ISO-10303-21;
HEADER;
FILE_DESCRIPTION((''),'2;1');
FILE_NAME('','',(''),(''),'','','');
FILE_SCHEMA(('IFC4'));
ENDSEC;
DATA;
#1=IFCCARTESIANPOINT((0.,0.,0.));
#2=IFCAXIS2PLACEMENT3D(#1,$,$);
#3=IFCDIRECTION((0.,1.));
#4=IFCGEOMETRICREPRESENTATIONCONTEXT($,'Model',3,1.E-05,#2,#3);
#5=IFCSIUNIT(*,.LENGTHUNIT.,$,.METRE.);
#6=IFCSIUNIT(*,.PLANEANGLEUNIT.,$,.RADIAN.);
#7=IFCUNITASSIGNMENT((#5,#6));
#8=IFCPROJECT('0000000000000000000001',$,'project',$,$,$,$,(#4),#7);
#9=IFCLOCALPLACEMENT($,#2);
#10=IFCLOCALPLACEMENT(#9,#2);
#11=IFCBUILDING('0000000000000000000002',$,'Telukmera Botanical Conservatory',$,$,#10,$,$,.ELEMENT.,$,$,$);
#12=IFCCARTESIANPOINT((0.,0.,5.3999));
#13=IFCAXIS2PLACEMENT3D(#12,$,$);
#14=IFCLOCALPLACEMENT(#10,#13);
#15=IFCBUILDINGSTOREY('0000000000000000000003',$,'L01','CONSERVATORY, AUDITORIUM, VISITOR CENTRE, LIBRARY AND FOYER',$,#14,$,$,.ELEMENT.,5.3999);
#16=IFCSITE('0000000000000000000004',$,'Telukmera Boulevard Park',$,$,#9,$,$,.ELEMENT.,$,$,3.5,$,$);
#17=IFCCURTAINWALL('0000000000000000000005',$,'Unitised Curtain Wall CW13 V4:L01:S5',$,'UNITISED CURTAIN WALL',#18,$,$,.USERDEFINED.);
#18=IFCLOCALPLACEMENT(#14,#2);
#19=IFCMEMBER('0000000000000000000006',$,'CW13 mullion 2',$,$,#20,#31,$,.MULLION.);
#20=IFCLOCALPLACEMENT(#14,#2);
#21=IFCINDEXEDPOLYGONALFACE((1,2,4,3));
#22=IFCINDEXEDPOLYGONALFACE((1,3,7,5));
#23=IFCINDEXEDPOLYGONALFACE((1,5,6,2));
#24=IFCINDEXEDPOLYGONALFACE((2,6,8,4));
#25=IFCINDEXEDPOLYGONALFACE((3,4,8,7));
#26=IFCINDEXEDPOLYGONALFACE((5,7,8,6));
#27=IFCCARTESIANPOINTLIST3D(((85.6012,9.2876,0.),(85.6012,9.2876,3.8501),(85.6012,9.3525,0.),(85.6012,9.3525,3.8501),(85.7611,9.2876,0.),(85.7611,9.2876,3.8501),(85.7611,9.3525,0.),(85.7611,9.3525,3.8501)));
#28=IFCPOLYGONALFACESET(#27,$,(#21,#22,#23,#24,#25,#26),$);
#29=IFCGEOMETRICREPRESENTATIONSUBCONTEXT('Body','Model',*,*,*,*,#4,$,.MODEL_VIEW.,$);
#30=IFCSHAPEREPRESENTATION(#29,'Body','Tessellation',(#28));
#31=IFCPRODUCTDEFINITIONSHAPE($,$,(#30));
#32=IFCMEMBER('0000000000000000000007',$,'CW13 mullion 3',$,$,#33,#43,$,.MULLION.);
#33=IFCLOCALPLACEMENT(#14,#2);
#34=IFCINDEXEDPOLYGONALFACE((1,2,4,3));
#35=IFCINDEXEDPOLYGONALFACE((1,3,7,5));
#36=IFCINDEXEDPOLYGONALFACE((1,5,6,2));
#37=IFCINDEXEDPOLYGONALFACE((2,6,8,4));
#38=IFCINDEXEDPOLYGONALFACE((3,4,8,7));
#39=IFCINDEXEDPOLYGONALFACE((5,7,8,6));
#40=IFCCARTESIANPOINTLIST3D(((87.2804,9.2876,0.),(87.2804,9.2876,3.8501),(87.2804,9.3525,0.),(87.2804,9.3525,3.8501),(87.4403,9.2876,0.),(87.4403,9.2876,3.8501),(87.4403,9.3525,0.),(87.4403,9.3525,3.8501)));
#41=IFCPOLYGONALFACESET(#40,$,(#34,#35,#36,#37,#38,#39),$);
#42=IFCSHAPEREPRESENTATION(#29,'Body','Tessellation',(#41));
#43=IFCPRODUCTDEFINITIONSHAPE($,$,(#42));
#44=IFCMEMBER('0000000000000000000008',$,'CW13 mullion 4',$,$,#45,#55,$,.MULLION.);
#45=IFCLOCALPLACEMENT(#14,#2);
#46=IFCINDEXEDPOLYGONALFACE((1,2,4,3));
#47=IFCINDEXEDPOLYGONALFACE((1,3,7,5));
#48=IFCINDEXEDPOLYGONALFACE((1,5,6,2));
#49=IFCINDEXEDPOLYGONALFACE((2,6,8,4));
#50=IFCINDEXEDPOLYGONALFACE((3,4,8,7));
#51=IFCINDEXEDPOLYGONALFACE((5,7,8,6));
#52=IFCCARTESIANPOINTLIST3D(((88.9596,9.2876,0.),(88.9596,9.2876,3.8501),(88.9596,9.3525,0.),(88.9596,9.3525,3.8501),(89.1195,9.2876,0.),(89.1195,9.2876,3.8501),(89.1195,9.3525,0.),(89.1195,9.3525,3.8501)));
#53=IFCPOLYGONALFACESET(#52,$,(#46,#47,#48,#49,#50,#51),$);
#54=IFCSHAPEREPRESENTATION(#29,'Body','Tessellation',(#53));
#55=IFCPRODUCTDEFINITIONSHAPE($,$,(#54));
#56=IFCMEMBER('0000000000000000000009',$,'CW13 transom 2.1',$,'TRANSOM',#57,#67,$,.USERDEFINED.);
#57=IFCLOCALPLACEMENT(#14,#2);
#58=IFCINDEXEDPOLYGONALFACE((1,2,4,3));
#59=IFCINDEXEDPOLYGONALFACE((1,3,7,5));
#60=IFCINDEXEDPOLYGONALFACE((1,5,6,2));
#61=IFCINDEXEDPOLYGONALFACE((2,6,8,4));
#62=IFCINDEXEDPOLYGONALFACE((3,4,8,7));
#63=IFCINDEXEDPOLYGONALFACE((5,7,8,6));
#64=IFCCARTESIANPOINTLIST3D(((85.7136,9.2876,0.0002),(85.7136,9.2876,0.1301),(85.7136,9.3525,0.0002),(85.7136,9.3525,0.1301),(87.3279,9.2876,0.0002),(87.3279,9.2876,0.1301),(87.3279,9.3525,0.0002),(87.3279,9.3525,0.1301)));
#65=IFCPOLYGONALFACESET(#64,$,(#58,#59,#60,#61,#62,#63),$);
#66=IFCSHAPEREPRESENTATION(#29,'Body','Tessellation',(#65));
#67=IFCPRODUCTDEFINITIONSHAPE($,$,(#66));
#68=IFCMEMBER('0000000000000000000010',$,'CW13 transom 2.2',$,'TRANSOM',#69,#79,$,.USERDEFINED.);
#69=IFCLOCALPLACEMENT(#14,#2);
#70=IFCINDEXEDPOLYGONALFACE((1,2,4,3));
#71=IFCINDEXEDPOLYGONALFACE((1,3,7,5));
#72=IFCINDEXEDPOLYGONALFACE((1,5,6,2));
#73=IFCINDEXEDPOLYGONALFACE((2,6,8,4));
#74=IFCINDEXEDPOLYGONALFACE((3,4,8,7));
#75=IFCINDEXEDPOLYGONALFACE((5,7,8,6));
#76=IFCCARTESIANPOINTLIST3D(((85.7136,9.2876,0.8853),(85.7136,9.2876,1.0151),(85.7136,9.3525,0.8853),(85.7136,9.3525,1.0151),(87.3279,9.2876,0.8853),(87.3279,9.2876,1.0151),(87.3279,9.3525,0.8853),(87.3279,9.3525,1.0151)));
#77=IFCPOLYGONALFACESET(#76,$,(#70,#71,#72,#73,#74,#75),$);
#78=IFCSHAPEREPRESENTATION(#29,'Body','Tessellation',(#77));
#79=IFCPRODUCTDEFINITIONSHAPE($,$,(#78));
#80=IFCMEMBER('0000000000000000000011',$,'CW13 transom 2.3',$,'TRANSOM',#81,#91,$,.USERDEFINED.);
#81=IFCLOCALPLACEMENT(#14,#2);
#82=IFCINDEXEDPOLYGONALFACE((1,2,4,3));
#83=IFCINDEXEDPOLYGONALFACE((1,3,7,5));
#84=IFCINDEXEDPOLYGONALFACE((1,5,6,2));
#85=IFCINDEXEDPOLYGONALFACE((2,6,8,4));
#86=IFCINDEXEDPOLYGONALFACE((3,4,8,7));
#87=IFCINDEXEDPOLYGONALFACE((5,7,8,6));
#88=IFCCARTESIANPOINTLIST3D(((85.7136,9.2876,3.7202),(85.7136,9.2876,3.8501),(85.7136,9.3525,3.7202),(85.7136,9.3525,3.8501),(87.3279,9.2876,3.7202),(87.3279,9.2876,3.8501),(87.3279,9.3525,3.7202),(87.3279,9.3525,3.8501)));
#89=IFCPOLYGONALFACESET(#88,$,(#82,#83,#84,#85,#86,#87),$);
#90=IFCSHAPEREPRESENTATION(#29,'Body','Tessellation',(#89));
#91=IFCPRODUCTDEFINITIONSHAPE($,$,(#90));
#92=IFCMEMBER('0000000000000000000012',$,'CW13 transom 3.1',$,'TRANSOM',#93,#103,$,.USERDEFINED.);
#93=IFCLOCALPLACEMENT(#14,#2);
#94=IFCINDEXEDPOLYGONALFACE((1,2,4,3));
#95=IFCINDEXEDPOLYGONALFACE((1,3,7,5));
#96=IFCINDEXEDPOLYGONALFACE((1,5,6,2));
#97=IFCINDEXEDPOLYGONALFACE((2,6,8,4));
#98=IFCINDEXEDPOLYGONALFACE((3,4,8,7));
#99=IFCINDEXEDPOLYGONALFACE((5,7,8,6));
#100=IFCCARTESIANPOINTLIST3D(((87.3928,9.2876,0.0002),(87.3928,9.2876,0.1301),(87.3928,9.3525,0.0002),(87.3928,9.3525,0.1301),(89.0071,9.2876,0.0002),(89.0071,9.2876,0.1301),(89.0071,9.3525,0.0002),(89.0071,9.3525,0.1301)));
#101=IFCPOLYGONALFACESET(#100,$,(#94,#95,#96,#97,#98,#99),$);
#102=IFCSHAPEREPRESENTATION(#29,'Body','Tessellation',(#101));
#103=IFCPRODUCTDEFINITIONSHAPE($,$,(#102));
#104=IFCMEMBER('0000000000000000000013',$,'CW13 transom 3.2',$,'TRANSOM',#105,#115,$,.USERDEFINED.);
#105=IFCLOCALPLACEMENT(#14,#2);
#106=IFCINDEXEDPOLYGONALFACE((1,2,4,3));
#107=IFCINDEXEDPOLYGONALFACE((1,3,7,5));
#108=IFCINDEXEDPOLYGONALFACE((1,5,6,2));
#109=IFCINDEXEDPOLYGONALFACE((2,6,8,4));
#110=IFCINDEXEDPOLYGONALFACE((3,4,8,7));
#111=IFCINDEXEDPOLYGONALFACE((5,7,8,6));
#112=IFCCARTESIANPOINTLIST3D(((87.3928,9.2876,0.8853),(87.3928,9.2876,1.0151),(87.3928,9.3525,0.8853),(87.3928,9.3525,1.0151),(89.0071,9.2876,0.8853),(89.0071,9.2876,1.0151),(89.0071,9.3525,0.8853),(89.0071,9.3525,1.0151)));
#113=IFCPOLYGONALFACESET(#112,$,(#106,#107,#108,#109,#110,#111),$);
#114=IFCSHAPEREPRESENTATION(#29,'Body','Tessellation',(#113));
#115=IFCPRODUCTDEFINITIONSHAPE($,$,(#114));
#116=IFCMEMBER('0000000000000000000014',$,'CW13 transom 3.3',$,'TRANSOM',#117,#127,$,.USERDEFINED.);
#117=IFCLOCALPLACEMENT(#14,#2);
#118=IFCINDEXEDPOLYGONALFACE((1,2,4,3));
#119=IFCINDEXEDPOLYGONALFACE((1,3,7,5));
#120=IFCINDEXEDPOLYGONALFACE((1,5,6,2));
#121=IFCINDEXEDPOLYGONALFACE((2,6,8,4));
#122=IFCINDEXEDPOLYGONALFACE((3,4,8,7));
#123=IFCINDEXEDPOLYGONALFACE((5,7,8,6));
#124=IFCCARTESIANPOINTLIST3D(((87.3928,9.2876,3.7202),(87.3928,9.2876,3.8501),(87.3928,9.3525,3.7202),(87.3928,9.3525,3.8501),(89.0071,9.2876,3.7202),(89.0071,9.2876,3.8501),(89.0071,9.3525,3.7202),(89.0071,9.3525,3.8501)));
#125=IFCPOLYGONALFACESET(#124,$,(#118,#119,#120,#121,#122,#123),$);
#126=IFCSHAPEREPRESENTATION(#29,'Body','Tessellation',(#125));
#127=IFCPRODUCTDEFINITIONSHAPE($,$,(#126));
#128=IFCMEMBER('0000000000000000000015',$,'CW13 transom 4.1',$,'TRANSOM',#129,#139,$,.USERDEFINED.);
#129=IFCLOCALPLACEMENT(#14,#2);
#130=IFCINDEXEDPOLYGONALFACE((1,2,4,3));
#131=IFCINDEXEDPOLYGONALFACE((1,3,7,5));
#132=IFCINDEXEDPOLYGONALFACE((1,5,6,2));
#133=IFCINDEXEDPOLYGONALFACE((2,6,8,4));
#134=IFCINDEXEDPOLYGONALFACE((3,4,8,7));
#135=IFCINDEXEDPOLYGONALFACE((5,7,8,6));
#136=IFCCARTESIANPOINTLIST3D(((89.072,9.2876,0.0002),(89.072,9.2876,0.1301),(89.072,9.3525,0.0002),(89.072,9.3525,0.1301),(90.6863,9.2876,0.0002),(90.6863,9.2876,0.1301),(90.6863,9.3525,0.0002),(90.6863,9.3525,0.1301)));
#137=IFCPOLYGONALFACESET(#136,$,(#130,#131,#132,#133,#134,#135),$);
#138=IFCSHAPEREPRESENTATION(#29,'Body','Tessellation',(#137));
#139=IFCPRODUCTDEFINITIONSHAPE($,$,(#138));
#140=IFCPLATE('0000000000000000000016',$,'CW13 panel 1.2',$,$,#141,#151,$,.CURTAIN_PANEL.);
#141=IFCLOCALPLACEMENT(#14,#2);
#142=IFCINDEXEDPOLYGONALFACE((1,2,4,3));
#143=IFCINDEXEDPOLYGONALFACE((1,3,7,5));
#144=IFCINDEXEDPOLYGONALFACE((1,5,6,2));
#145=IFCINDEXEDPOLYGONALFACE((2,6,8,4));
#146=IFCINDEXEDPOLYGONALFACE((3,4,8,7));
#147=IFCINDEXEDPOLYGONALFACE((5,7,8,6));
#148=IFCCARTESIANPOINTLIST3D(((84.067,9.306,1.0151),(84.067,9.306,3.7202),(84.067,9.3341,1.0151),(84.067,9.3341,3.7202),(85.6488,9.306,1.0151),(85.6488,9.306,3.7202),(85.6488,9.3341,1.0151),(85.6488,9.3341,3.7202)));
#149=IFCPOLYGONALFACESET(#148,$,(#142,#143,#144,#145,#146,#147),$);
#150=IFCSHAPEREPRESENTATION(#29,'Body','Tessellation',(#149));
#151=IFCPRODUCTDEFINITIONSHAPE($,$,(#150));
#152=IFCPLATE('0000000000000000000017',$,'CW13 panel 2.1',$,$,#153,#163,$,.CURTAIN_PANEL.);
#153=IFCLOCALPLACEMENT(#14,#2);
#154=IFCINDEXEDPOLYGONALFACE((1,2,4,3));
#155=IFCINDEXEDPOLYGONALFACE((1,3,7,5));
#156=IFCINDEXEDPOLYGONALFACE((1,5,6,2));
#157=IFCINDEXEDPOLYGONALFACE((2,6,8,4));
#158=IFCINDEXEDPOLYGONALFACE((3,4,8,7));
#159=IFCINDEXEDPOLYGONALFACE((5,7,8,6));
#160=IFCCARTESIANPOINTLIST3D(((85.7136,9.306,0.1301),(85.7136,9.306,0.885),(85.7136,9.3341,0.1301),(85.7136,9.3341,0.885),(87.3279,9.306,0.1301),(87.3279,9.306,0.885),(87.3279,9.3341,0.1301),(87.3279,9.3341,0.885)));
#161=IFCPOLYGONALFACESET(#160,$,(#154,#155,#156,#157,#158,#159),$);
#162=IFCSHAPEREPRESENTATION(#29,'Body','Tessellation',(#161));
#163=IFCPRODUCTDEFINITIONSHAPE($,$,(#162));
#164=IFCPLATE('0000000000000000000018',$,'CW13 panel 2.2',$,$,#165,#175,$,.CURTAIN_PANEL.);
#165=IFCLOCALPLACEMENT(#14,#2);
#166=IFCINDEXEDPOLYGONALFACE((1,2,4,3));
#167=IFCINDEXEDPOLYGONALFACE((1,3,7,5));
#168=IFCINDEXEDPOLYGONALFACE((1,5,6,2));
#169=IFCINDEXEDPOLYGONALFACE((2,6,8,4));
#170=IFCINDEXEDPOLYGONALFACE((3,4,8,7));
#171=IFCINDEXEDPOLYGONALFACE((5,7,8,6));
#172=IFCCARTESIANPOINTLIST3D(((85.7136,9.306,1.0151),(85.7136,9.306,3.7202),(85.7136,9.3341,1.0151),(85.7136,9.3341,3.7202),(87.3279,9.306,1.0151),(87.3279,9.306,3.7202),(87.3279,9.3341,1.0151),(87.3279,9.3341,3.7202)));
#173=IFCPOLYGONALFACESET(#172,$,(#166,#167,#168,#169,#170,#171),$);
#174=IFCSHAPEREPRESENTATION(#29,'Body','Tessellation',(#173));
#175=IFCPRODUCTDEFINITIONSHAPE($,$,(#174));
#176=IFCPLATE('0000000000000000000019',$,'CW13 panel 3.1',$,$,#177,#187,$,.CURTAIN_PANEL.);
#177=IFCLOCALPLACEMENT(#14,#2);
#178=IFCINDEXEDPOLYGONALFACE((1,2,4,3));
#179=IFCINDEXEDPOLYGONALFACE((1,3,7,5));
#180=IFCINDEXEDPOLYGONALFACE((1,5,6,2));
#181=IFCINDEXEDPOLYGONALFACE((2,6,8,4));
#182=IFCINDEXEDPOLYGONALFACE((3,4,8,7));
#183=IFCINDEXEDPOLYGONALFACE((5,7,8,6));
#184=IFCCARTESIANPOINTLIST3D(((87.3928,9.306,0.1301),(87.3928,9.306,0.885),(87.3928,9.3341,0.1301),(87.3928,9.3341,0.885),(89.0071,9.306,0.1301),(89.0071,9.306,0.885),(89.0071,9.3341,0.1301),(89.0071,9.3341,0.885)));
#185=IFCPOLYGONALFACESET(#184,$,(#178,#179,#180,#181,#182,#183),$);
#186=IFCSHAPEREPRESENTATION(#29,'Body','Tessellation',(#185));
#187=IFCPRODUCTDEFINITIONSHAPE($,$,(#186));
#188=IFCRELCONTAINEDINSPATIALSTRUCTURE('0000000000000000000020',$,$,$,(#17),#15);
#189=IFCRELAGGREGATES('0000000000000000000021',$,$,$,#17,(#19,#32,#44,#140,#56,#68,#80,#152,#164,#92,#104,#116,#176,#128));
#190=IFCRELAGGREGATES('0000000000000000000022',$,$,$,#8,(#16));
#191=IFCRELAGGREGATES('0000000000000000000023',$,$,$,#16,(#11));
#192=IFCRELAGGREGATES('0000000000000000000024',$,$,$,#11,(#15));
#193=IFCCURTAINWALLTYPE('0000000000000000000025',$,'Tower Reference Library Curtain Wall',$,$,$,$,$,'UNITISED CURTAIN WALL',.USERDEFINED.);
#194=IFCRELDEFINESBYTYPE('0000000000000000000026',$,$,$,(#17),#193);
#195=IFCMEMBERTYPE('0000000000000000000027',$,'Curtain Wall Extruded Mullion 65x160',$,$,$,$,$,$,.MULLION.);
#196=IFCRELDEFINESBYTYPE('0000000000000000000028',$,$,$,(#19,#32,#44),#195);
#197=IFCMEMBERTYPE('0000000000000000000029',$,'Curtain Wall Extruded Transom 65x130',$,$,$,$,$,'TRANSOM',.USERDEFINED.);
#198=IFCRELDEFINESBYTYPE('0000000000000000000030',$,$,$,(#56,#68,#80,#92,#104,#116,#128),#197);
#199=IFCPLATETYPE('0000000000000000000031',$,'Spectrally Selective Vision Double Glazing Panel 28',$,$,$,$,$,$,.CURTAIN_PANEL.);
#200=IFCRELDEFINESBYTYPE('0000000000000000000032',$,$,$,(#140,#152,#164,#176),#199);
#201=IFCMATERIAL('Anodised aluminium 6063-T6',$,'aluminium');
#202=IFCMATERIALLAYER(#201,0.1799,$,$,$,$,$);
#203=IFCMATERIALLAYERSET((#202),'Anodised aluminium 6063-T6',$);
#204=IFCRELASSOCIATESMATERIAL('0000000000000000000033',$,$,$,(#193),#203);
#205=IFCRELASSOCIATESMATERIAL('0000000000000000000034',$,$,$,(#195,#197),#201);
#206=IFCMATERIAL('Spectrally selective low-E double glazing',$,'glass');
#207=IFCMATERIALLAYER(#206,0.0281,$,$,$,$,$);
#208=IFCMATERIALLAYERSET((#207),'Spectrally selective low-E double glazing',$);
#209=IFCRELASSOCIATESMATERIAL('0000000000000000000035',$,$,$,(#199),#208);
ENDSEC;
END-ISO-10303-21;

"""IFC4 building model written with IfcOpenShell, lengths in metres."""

from ifc_helpers import new_model, si_unit, direction, frame, origin, origin_2d, place, context, subcontext, project, spatial, rectangle, extrude, material, layer, layer_set, material_profile, profile_set, type_object, element, aggregate, save


model = new_model("IFC4")

# Units and contexts
model_context = context("Model", 3, precision=1e-05, world=origin(), true_north=direction((0.0, 1.0)))
body_context = subcontext(model_context, "Body", "Model", "MODEL_VIEW")
ifc_project = project(units=[si_unit("LENGTHUNIT", "METRE"), si_unit("PLANEANGLEUNIT", "RADIAN")], contexts=[model_context])

# Site, building, storey
site_placement = place(None, origin())
site = spatial("IfcSite", under=ifc_project, at=site_placement, Name="Telukmera Boulevard Park", CompositionType="ELEMENT", RefElevation=3.5)
building_placement = place(site_placement, origin())
building = spatial("IfcBuilding", under=site, at=building_placement, Name="Telukmera Botanical Conservatory", CompositionType="ELEMENT")
storey_placement = place(building_placement, frame((0.0, 0.0, 5.3999)))
storey = spatial("IfcBuildingStorey", under=building, at=storey_placement, Name="L01", Description="CONSERVATORY, AUDITORIUM, VISITOR CENTRE, LIBRARY AND FOYER", CompositionType="ELEMENT", Elevation=5.3999)

# Curtain wall, members, plates
ifc_material_1 = material(Name="Anodised aluminium 6063-T6", Category="aluminium")
ifc_layer_1 = layer(ifc_material_1, 0.1799)
ifc_layer_set_1 = layer_set([ifc_layer_1], Name="Anodised aluminium 6063-T6")
curtain_wall_type = type_object("IfcCurtainWallType", Name="Tower Reference Library Curtain Wall", ElementType="UNITISED CURTAIN WALL", PredefinedType="USERDEFINED", material=ifc_layer_set_1)
curtain_wall_placement = place(storey_placement, origin())
curtain_wall = element("IfcCurtainWall", 1, at=curtain_wall_placement, inside=storey, type_object=curtain_wall_type, Name="Unitised Curtain Wall CW13 V4:L01:S5", ObjectType="UNITISED CURTAIN WALL", PredefinedType="USERDEFINED")
ifc_material_profile_1 = material_profile(ifc_material_1, rectangle(XDim=0.0649, YDim=0.1599, at=origin_2d()), Name="ALU MULL 65x160")
ifc_profile_set_1 = profile_set([ifc_material_profile_1], Name="Anodised aluminium 6063-T6")
member_type_1 = type_object("IfcMemberType", Name="Curtain Wall Extruded Mullion 65x160", PredefinedType="MULLION", material=ifc_profile_set_1)
member_1_placement = place(storey_placement, frame((85.6812, 9.3201, 0.0), z_axis=(0.0, 0.0, 1.0), x_axis=(0.0, 1.0, 0.0)))
member_1 = element("IfcMember", 2, at=member_1_placement, type_object=member_type_1, Name="CW13 mullion 2", PredefinedType="MULLION", context=body_context, shape_type="SweptSolid", body=[
    extrude(rectangle(XDim=0.0649, YDim=0.1599, at=origin_2d()), origin(), (0.0, 0.0, 1.0), 3.8501),
])
member_2_placement = place(storey_placement, frame((87.3604, 9.3201, 0.0), z_axis=(0.0, 0.0, 1.0), x_axis=(0.0, 1.0, 0.0)))
member_2 = element("IfcMember", 3, at=member_2_placement, type_object=member_type_1, Name="CW13 mullion 3", PredefinedType="MULLION", context=body_context, shape_type="SweptSolid", body=[
    extrude(rectangle(XDim=0.0649, YDim=0.1599, at=origin_2d()), origin(), (0.0, 0.0, 1.0), 3.8501),
])
member_3_placement = place(storey_placement, frame((89.0396, 9.3201, 0.0), z_axis=(0.0, 0.0, 1.0), x_axis=(0.0, 1.0, 0.0)))
member_3 = element("IfcMember", 4, at=member_3_placement, type_object=member_type_1, Name="CW13 mullion 4", PredefinedType="MULLION", context=body_context, shape_type="SweptSolid", body=[
    extrude(rectangle(XDim=0.0649, YDim=0.1599, at=origin_2d()), origin(), (0.0, 0.0, 1.0), 3.8501),
])
ifc_material_profile_2 = material_profile(ifc_material_1, rectangle(XDim=0.0649, YDim=0.1299, at=origin_2d()), Name="ALU TRAN 65x130")
ifc_profile_set_2 = profile_set([ifc_material_profile_2], Name="Anodised aluminium 6063-T6")
member_type_2 = type_object("IfcMemberType", Name="Curtain Wall Extruded Transom 65x130", ElementType="TRANSOM", PredefinedType="USERDEFINED", material=ifc_profile_set_2)
member_4_placement = place(storey_placement, frame((85.7136, 9.3201, 0.0652), z_axis=(1.0, 0.0, 0.0), x_axis=(0.0, 1.0, 0.0)))
member_4 = element("IfcMember", 5, at=member_4_placement, type_object=member_type_2, Name="CW13 transom 2.1", ObjectType="TRANSOM", PredefinedType="USERDEFINED", context=body_context, shape_type="SweptSolid", body=[
    extrude(rectangle(XDim=0.0649, YDim=0.1299, at=origin_2d()), origin(), (0.0, 0.0, 1.0), 1.6143),
])
member_5_placement = place(storey_placement, frame((85.7136, 9.3201, 0.9502), z_axis=(1.0, 0.0, 0.0), x_axis=(0.0, 1.0, 0.0)))
member_5 = element("IfcMember", 6, at=member_5_placement, type_object=member_type_2, Name="CW13 transom 2.2", ObjectType="TRANSOM", PredefinedType="USERDEFINED", context=body_context, shape_type="SweptSolid", body=[
    extrude(rectangle(XDim=0.0649, YDim=0.1299, at=origin_2d()), origin(), (0.0, 0.0, 1.0), 1.6143),
])
member_6_placement = place(storey_placement, frame((85.7136, 9.3201, 3.7852), z_axis=(1.0, 0.0, 0.0), x_axis=(0.0, 1.0, 0.0)))
member_6 = element("IfcMember", 7, at=member_6_placement, type_object=member_type_2, Name="CW13 transom 2.3", ObjectType="TRANSOM", PredefinedType="USERDEFINED", context=body_context, shape_type="SweptSolid", body=[
    extrude(rectangle(XDim=0.0649, YDim=0.1299, at=origin_2d()), origin(), (0.0, 0.0, 1.0), 1.6143),
])
member_7_placement = place(storey_placement, frame((87.3928, 9.3201, 0.0652), z_axis=(1.0, 0.0, 0.0), x_axis=(0.0, 1.0, 0.0)))
member_7 = element("IfcMember", 8, at=member_7_placement, type_object=member_type_2, Name="CW13 transom 3.1", ObjectType="TRANSOM", PredefinedType="USERDEFINED", context=body_context, shape_type="SweptSolid", body=[
    extrude(rectangle(XDim=0.0649, YDim=0.1299, at=origin_2d()), origin(), (0.0, 0.0, 1.0), 1.6143),
])
member_8_placement = place(storey_placement, frame((87.3928, 9.3201, 0.9502), z_axis=(1.0, 0.0, 0.0), x_axis=(0.0, 1.0, 0.0)))
member_8 = element("IfcMember", 9, at=member_8_placement, type_object=member_type_2, Name="CW13 transom 3.2", ObjectType="TRANSOM", PredefinedType="USERDEFINED", context=body_context, shape_type="SweptSolid", body=[
    extrude(rectangle(XDim=0.0649, YDim=0.1299, at=origin_2d()), origin(), (0.0, 0.0, 1.0), 1.6143),
])
member_9_placement = place(storey_placement, frame((87.3928, 9.3201, 3.7852), z_axis=(1.0, 0.0, 0.0), x_axis=(0.0, 1.0, 0.0)))
member_9 = element("IfcMember", 10, at=member_9_placement, type_object=member_type_2, Name="CW13 transom 3.3", ObjectType="TRANSOM", PredefinedType="USERDEFINED", context=body_context, shape_type="SweptSolid", body=[
    extrude(rectangle(XDim=0.0649, YDim=0.1299, at=origin_2d()), origin(), (0.0, 0.0, 1.0), 1.6143),
])
member_10_placement = place(storey_placement, frame((89.072, 9.3201, 0.0652), z_axis=(1.0, 0.0, 0.0), x_axis=(0.0, 1.0, 0.0)))
member_10 = element("IfcMember", 11, at=member_10_placement, type_object=member_type_2, Name="CW13 transom 4.1", ObjectType="TRANSOM", PredefinedType="USERDEFINED", context=body_context, shape_type="SweptSolid", body=[
    extrude(rectangle(XDim=0.0649, YDim=0.1299, at=origin_2d()), origin(), (0.0, 0.0, 1.0), 1.6143),
])
ifc_material_2 = material(Name="Spectrally selective low-E double glazing", Category="glass")
ifc_layer_2 = layer(ifc_material_2, 0.0281)
ifc_layer_set_2 = layer_set([ifc_layer_2], Name="Spectrally selective low-E double glazing")
plate_type = type_object("IfcPlateType", Name="Spectrally Selective Vision Double Glazing Panel 28", PredefinedType="CURTAIN_PANEL", material=ifc_layer_set_2)
plate_1_placement = place(storey_placement, frame((84.8579, 9.3201, 1.0151), z_axis=(0.0, 0.0, 1.0), x_axis=(1.0, 0.0, 0.0)))
plate_1 = element("IfcPlate", 12, at=plate_1_placement, type_object=plate_type, Name="CW13 panel 1.2", PredefinedType="CURTAIN_PANEL", context=body_context, shape_type="SweptSolid", body=[
    extrude(rectangle(XDim=1.5818, YDim=0.0281, at=origin_2d()), origin(), (0.0, 0.0, 1.0), 2.7051),
])
plate_2_placement = place(storey_placement, frame((86.5208, 9.3201, 0.1301), z_axis=(0.0, 0.0, 1.0), x_axis=(1.0, 0.0, 0.0)))
plate_2 = element("IfcPlate", 13, at=plate_2_placement, type_object=plate_type, Name="CW13 panel 2.1", PredefinedType="CURTAIN_PANEL", context=body_context, shape_type="SweptSolid", body=[
    extrude(rectangle(XDim=1.6143, YDim=0.0281, at=origin_2d()), origin(), (0.0, 0.0, 1.0), 0.7549),
])
plate_3_placement = place(storey_placement, frame((86.5208, 9.3201, 1.0151), z_axis=(0.0, 0.0, 1.0), x_axis=(1.0, 0.0, 0.0)))
plate_3 = element("IfcPlate", 14, at=plate_3_placement, type_object=plate_type, Name="CW13 panel 2.2", PredefinedType="CURTAIN_PANEL", context=body_context, shape_type="SweptSolid", body=[
    extrude(rectangle(XDim=1.6143, YDim=0.0281, at=origin_2d()), origin(), (0.0, 0.0, 1.0), 2.7051),
])
plate_4_placement = place(storey_placement, frame((88.2, 9.3201, 0.1301), z_axis=(0.0, 0.0, 1.0), x_axis=(1.0, 0.0, 0.0)))
plate_4 = element("IfcPlate", 15, at=plate_4_placement, type_object=plate_type, Name="CW13 panel 3.1", PredefinedType="CURTAIN_PANEL", context=body_context, shape_type="SweptSolid", body=[
    extrude(rectangle(XDim=1.6143, YDim=0.0281, at=origin_2d()), origin(), (0.0, 0.0, 1.0), 0.7549),
])
aggregate(curtain_wall, [member_1, member_2, member_3, plate_1, member_4, member_5, member_6, plate_2, plate_3, member_7, member_8, member_9, plate_4, member_10])

save(model, "model.ifc")
